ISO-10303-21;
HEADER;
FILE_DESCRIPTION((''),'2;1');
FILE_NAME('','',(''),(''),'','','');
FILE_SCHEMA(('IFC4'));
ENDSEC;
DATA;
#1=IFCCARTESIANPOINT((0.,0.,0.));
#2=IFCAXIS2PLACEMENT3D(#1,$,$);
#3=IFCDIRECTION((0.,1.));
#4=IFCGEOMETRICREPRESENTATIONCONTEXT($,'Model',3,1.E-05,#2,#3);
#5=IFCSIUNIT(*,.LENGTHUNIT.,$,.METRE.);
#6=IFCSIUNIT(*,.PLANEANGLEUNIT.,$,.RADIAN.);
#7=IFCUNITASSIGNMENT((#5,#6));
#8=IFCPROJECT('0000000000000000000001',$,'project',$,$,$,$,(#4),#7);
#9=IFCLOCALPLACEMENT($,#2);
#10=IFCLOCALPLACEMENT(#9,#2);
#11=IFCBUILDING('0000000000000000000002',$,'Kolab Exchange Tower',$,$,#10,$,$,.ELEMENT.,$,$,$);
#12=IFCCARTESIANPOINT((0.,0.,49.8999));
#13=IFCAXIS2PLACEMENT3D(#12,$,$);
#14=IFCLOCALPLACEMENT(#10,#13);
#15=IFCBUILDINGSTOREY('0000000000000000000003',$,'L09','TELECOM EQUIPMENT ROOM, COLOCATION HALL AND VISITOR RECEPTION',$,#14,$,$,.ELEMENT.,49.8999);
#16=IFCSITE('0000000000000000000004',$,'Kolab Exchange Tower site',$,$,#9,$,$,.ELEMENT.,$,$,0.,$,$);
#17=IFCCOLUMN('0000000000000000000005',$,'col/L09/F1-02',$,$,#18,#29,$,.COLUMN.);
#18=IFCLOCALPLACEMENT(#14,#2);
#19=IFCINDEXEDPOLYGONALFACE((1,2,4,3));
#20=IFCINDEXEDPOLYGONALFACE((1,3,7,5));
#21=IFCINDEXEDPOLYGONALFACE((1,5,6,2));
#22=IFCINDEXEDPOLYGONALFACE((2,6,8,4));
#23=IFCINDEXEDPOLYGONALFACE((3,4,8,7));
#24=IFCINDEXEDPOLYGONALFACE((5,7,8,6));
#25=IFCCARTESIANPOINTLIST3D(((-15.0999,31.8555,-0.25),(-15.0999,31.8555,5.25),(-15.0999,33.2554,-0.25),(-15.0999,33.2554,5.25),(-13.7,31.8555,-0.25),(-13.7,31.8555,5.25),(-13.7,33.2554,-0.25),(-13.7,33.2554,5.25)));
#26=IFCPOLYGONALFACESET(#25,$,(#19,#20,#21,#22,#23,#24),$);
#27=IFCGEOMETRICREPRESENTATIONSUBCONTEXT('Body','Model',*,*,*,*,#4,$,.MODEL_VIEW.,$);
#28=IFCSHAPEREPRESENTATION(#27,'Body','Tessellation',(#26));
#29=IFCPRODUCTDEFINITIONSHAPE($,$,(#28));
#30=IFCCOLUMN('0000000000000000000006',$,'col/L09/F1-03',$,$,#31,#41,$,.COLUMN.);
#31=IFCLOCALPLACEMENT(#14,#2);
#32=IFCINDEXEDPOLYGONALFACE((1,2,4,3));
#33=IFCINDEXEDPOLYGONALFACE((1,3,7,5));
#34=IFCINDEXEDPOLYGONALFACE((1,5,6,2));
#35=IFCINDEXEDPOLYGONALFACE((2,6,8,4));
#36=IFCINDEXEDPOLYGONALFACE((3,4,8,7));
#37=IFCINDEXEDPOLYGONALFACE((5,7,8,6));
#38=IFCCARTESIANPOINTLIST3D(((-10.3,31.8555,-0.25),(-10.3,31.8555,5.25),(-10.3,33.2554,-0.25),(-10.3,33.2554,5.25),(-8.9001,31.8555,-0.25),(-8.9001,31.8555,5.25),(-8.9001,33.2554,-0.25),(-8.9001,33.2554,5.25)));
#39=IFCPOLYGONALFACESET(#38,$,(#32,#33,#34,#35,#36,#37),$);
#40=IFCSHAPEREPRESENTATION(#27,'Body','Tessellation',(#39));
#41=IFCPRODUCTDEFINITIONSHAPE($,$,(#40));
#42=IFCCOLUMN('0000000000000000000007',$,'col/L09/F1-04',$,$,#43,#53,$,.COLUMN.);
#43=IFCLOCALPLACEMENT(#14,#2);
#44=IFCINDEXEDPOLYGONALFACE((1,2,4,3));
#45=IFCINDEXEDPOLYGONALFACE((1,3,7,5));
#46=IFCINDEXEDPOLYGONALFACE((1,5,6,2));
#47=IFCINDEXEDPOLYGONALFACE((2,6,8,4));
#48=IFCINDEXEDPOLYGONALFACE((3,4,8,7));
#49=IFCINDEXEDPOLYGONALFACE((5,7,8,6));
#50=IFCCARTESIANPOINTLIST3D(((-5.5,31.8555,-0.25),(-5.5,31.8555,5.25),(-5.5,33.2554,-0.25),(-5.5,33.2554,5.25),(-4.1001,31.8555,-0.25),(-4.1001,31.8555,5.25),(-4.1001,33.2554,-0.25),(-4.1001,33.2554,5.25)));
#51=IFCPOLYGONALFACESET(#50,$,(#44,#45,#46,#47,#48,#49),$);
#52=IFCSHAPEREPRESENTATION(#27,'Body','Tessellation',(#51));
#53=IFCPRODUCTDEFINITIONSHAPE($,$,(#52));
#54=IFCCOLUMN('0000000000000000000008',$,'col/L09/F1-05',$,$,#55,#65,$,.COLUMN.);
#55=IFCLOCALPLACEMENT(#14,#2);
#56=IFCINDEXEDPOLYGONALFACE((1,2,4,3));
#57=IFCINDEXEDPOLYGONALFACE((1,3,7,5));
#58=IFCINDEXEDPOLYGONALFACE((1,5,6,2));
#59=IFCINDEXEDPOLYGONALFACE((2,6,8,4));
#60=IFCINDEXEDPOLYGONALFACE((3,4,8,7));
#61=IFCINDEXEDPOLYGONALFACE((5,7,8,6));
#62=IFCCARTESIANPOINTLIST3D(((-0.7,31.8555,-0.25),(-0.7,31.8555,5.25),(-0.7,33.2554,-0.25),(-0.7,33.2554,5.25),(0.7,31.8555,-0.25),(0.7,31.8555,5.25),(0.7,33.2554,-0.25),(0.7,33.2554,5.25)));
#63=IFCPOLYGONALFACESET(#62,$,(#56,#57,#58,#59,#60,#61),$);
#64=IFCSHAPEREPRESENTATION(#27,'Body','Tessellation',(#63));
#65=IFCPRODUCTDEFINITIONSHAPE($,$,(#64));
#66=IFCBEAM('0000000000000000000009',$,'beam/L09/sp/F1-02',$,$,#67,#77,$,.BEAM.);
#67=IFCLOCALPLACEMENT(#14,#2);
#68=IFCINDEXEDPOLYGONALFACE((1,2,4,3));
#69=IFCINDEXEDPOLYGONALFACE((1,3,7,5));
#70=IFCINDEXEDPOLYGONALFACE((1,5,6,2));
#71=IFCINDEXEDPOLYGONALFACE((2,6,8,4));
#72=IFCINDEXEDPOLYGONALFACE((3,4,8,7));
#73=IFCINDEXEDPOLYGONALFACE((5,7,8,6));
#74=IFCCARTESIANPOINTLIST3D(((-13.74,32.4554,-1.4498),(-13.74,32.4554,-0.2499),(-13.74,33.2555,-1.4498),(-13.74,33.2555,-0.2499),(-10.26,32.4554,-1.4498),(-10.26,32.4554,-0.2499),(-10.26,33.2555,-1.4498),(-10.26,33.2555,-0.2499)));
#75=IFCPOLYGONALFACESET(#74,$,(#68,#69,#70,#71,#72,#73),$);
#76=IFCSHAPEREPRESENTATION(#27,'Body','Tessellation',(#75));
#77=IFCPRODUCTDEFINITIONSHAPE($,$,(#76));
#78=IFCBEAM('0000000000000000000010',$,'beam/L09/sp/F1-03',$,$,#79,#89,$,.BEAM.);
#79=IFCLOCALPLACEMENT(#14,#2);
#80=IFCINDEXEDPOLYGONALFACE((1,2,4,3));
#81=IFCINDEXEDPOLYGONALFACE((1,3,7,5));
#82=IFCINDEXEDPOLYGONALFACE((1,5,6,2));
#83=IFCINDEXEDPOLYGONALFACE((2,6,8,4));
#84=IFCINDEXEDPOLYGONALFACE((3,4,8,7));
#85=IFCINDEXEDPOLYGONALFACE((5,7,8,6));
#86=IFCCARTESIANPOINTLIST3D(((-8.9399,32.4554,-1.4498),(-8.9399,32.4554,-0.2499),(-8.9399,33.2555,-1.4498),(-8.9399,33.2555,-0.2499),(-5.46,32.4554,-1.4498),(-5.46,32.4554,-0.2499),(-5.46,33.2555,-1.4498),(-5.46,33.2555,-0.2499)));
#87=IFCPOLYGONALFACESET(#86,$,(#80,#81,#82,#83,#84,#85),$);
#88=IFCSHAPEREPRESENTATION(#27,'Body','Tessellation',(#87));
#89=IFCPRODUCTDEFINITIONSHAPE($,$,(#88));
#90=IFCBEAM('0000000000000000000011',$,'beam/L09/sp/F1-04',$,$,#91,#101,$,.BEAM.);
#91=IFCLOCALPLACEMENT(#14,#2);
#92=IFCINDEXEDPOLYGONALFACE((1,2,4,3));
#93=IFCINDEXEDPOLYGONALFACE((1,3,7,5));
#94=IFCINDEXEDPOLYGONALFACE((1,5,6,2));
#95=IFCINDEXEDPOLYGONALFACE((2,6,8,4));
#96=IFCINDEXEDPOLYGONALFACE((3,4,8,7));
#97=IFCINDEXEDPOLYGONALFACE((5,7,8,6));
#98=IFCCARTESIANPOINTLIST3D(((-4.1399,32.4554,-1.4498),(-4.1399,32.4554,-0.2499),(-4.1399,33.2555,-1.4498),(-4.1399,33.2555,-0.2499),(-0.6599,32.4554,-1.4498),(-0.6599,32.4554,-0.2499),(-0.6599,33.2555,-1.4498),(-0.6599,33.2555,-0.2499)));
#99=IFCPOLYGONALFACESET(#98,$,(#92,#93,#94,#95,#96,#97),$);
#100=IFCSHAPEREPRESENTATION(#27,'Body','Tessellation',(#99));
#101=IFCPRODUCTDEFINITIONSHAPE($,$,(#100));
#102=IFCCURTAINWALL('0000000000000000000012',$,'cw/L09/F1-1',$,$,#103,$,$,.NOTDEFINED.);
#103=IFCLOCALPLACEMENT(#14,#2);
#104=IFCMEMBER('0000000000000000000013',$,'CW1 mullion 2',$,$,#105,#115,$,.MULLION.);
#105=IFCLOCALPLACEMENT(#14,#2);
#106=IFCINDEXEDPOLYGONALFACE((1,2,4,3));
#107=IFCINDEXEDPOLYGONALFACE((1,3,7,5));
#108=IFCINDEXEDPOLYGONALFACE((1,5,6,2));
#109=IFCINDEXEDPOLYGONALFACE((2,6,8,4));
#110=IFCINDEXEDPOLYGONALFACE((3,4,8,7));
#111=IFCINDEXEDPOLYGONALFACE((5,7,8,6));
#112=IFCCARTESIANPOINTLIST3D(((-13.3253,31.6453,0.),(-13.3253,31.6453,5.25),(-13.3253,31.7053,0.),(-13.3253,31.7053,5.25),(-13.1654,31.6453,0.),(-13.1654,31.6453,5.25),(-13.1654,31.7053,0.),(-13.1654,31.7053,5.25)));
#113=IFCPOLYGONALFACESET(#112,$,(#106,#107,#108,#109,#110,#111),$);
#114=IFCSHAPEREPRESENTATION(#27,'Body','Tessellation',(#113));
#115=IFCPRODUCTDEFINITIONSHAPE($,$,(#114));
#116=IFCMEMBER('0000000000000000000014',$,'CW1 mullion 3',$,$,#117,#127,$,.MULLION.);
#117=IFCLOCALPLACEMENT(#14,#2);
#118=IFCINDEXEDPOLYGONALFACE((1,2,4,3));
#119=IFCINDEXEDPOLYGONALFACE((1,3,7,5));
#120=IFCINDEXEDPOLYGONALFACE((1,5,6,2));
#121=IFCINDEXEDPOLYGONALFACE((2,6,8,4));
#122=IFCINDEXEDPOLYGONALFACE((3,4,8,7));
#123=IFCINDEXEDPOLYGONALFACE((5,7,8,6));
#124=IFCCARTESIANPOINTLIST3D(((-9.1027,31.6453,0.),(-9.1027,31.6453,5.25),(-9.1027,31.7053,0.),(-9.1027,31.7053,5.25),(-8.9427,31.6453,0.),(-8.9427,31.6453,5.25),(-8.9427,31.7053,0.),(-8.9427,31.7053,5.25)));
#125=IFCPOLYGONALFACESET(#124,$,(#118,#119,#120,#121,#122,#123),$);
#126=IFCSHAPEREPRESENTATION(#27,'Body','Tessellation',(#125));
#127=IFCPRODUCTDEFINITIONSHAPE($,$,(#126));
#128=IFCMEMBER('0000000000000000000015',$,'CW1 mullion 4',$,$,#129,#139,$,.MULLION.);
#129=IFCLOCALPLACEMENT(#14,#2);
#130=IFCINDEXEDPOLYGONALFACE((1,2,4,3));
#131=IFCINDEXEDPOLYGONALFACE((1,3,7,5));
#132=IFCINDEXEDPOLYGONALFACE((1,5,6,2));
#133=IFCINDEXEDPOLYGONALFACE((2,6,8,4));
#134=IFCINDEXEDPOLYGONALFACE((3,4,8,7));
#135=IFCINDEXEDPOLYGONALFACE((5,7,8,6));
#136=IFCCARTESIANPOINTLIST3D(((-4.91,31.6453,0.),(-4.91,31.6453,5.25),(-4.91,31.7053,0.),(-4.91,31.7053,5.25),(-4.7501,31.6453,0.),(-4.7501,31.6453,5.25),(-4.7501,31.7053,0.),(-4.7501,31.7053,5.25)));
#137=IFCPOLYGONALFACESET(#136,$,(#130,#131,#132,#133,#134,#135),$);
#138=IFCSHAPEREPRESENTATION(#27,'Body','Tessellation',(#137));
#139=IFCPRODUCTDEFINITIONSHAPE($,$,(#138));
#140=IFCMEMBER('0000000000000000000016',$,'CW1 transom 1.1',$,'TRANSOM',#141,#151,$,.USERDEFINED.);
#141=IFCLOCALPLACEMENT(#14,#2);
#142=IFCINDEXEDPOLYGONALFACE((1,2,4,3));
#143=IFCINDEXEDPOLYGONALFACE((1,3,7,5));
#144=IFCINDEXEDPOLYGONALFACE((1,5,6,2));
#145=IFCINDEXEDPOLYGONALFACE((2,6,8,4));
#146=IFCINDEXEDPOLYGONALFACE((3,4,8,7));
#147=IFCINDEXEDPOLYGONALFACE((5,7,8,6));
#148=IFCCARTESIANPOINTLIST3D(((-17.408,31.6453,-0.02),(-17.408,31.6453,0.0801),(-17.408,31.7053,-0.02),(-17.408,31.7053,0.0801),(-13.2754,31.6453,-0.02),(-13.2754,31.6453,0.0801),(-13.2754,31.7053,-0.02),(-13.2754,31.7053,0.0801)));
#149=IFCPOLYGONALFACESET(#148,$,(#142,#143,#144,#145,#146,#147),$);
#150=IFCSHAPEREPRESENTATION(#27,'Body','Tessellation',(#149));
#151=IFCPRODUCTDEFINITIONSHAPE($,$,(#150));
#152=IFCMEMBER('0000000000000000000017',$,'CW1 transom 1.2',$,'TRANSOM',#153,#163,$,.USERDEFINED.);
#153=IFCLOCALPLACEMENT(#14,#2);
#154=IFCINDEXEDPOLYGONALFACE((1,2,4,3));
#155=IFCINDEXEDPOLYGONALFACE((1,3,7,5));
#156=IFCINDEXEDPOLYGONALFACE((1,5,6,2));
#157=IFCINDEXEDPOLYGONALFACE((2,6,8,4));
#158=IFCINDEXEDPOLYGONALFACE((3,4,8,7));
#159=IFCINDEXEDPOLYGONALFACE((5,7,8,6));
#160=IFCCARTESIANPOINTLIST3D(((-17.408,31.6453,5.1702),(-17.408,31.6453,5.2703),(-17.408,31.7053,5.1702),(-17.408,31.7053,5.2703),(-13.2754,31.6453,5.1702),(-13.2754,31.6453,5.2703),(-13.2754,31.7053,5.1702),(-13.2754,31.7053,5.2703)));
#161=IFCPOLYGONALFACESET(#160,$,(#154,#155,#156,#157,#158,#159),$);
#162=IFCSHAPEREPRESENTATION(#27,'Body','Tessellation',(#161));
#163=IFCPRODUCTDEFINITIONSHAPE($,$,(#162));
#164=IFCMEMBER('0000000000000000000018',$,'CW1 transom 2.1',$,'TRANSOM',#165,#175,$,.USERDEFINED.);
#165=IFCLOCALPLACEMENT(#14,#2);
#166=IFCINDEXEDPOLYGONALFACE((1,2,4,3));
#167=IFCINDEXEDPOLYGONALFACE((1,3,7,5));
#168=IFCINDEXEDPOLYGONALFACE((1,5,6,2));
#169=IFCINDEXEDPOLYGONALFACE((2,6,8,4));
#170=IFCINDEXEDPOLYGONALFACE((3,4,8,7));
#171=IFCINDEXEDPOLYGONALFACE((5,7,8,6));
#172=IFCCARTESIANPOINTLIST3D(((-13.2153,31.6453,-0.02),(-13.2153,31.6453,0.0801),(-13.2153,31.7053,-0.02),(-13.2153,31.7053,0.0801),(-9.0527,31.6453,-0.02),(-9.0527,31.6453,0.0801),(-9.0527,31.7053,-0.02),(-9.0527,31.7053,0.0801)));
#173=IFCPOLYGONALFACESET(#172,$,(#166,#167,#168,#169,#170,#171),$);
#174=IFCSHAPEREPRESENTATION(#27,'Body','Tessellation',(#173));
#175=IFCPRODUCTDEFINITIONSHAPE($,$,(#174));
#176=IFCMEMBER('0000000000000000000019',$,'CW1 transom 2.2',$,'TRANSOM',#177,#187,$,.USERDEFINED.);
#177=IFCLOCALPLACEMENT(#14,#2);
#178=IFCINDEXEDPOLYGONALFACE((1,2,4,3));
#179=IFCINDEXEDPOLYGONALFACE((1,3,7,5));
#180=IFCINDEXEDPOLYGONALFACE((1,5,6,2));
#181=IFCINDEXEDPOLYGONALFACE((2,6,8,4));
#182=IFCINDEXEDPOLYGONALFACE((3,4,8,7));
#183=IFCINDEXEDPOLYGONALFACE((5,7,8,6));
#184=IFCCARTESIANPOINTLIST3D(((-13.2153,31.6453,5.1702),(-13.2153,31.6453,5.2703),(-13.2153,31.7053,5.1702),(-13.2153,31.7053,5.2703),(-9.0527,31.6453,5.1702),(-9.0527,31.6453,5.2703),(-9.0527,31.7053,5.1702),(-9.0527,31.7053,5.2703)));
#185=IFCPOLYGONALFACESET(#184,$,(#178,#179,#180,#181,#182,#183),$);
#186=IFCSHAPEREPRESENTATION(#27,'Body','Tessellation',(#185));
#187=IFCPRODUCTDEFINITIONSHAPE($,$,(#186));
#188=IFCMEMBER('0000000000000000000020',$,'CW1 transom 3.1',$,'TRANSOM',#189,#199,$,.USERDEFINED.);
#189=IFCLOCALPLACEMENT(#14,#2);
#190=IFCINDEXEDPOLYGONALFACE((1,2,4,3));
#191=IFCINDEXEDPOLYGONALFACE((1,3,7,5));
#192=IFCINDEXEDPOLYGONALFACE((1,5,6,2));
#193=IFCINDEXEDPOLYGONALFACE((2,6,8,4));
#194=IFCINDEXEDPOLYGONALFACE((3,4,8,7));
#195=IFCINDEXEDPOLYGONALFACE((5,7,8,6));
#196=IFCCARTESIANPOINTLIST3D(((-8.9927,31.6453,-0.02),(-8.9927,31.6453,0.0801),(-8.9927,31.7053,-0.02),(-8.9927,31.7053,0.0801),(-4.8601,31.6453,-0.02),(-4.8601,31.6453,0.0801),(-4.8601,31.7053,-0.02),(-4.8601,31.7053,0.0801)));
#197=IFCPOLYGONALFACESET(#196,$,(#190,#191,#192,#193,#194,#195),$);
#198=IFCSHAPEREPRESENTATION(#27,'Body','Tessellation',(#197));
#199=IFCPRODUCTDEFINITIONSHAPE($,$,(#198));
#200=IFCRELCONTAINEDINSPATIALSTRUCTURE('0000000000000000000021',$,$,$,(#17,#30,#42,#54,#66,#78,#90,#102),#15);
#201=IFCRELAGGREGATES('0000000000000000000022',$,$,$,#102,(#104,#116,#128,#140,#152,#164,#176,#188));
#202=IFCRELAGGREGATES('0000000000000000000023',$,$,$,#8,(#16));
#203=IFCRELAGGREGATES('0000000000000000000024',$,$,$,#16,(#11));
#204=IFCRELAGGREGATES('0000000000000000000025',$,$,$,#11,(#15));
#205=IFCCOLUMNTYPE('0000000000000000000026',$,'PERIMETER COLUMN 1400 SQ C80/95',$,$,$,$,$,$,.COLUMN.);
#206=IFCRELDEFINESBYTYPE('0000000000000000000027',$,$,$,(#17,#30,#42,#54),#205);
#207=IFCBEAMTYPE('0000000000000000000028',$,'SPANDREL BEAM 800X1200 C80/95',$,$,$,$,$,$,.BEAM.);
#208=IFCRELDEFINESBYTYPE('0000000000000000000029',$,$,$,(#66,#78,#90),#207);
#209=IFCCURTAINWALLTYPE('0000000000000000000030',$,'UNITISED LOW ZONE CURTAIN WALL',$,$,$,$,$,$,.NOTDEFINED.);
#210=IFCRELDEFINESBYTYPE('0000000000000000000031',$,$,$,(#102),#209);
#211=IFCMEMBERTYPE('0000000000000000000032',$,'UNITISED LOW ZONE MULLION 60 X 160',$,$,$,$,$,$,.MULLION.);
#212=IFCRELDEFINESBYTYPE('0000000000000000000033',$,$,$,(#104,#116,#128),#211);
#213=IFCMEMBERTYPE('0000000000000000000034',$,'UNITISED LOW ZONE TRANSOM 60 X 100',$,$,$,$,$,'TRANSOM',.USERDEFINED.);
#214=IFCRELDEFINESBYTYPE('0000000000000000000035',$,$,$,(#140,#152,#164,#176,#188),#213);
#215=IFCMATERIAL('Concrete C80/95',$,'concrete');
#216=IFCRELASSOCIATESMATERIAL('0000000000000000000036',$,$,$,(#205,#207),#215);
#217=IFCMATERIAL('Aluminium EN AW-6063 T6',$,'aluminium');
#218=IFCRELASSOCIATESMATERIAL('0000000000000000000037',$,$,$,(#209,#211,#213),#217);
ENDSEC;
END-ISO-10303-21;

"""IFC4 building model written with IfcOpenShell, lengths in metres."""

from ifc_helpers import new_model, si_unit, direction, frame, origin, origin_2d, place, context, subcontext, project, spatial, rectangle, extrude, material, material_profile, profile_set, type_object, element, aggregate, save


model = new_model("IFC4")

# Units and contexts
model_context = context("Model", 3, precision=1e-05, world=origin(), true_north=direction((0.0, 1.0)))
body_context = subcontext(model_context, "Body", "Model", "MODEL_VIEW")
ifc_project = project(units=[si_unit("LENGTHUNIT", "METRE"), si_unit("PLANEANGLEUNIT", "RADIAN")], contexts=[model_context])

# Site, building, storey
site_placement = place(None, origin())
site = spatial("IfcSite", under=ifc_project, at=site_placement, Name="Kolab Exchange Tower site", CompositionType="ELEMENT", RefElevation=0.0)
building_placement = place(site_placement, origin())
building = spatial("IfcBuilding", under=site, at=building_placement, Name="Kolab Exchange Tower", CompositionType="ELEMENT")
storey_placement = place(building_placement, frame((0.0, 0.0, 49.8999)))
storey = spatial("IfcBuildingStorey", under=building, at=storey_placement, Name="L09", Description="TELECOM EQUIPMENT ROOM, COLOCATION HALL AND VISITOR RECEPTION", CompositionType="ELEMENT", Elevation=49.8999)

# Columns
ifc_material_1 = material(Name="Concrete C80/95", Category="concrete")
ifc_material_profile_1 = material_profile(ifc_material_1, rectangle(XDim=1.3999, YDim=1.3999, at=origin_2d()), Name="RC1400")
ifc_profile_set_1 = profile_set([ifc_material_profile_1], Name="Concrete C80/95")
column_type = type_object("IfcColumnType", Name="PERIMETER COLUMN 1400 SQ C80/95", PredefinedType="COLUMN", material=ifc_profile_set_1)
for number, where, z_axis, x_axis, name in (
    (1, (-14.3999, 32.5554, -0.25), (0.0, 0.0, 1.0), (1.0, 0.0, 0.0), "col/L09/F1-02"),
    (2, (-9.6001, 32.5554, -0.25), (0.0, 0.0, 1.0), (1.0, 0.0, 0.0), "col/L09/F1-03"),
    (3, (-4.8, 32.5554, -0.25), (0.0, 0.0, 1.0), (1.0, 0.0, 0.0), "col/L09/F1-04"),
    (4, (0.0, 32.5554, -0.25), (0.0, 0.0, 1.0), (1.0, 0.0, 0.0), "col/L09/F1-05"),
):
    element("IfcColumn", number, at=place(storey_placement, frame(where, z_axis=z_axis, x_axis=x_axis)), inside=storey, type_object=column_type, Name=name, PredefinedType="COLUMN", context=body_context, shape_type="SweptSolid", body=[
        extrude(rectangle(XDim=1.3999, YDim=1.3999, at=origin_2d()), origin(), (0.0, 0.0, 1.0), 5.5),
    ])

# Beams
ifc_material_profile_2 = material_profile(ifc_material_1, rectangle(XDim=0.8, YDim=1.2, at=origin_2d()), Name="RC800X1200")
ifc_profile_set_2 = profile_set([ifc_material_profile_2], Name="Concrete C80/95")
beam_type = type_object("IfcBeamType", Name="SPANDREL BEAM 800X1200 C80/95", PredefinedType="BEAM", material=ifc_profile_set_2)
for number, where, z_axis, x_axis, name in (
    (5, (-13.74, 32.8555, -0.8499), (1.0, 0.0, 0.0), (0.0, 1.0, 0.0), "beam/L09/sp/F1-02"),
    (6, (-8.9399, 32.8555, -0.8499), (1.0, 0.0, 0.0), (0.0, 1.0, 0.0), "beam/L09/sp/F1-03"),
    (7, (-4.1399, 32.8555, -0.8499), (1.0, 0.0, 0.0), (0.0, 1.0, 0.0), "beam/L09/sp/F1-04"),
):
    element("IfcBeam", number, at=place(storey_placement, frame(where, z_axis=z_axis, x_axis=x_axis)), inside=storey, type_object=beam_type, Name=name, PredefinedType="BEAM", context=body_context, shape_type="SweptSolid", body=[
        extrude(rectangle(XDim=0.8, YDim=1.2, at=origin_2d()), origin(), (0.0, 0.0, 1.0), 3.48),
    ])

# Curtain wall, members
ifc_material_2 = material(Name="Aluminium EN AW-6063 T6", Category="aluminium")
curtain_wall_type = type_object("IfcCurtainWallType", Name="UNITISED LOW ZONE CURTAIN WALL", PredefinedType="NOTDEFINED", material=ifc_material_2)
curtain_wall_placement = place(storey_placement, origin())
curtain_wall = element("IfcCurtainWall", 8, at=curtain_wall_placement, inside=storey, type_object=curtain_wall_type, Name="cw/L09/F1-1", PredefinedType="NOTDEFINED")
ifc_material_profile_3 = material_profile(ifc_material_2, rectangle(XDim=0.0601, YDim=0.1599, at=origin_2d()), Name="RECT 60X160")
ifc_profile_set_3 = profile_set([ifc_material_profile_3], Name="Aluminium EN AW-6063 T6")
member_type_1 = type_object("IfcMemberType", Name="UNITISED LOW ZONE MULLION 60 X 160", PredefinedType="MULLION", material=ifc_profile_set_3)
member_1_placement = place(storey_placement, frame((-13.2454, 31.6753, 0.0), z_axis=(0.0, 0.0, 1.0), x_axis=(0.0, 1.0, 0.0)))
member_1 = element("IfcMember", 9, at=member_1_placement, type_object=member_type_1, Name="CW1 mullion 2", PredefinedType="MULLION", context=body_context, shape_type="SweptSolid", body=[
    extrude(rectangle(XDim=0.0601, YDim=0.1599, at=origin_2d()), origin(), (0.0, 0.0, 1.0), 5.25),
])
member_2_placement = place(storey_placement, frame((-9.0227, 31.6753, 0.0), z_axis=(0.0, 0.0, 1.0), x_axis=(0.0, 1.0, 0.0)))
member_2 = element("IfcMember", 10, at=member_2_placement, type_object=member_type_1, Name="CW1 mullion 3", PredefinedType="MULLION", context=body_context, shape_type="SweptSolid", body=[
    extrude(rectangle(XDim=0.0601, YDim=0.1599, at=origin_2d()), origin(), (0.0, 0.0, 1.0), 5.25),
])
member_3_placement = place(storey_placement, frame((-4.8301, 31.6753, 0.0), z_axis=(0.0, 0.0, 1.0), x_axis=(0.0, 1.0, 0.0)))
member_3 = element("IfcMember", 11, at=member_3_placement, type_object=member_type_1, Name="CW1 mullion 4", PredefinedType="MULLION", context=body_context, shape_type="SweptSolid", body=[
    extrude(rectangle(XDim=0.0601, YDim=0.1599, at=origin_2d()), origin(), (0.0, 0.0, 1.0), 5.25),
])
ifc_material_profile_4 = material_profile(ifc_material_2, rectangle(XDim=0.0601, YDim=0.1001, at=origin_2d()), Name="RECT 60X100")
ifc_profile_set_4 = profile_set([ifc_material_profile_4], Name="Aluminium EN AW-6063 T6")
member_type_2 = type_object("IfcMemberType", Name="UNITISED LOW ZONE TRANSOM 60 X 100", ElementType="TRANSOM", PredefinedType="USERDEFINED", material=ifc_profile_set_4)
member_4_placement = place(storey_placement, frame((-17.408, 31.6753, 0.03), z_axis=(1.0, 0.0, 0.0), x_axis=(0.0, 1.0, 0.0)))
member_4 = element("IfcMember", 12, at=member_4_placement, type_object=member_type_2, Name="CW1 transom 1.1", ObjectType="TRANSOM", PredefinedType="USERDEFINED", context=body_context, shape_type="SweptSolid", body=[
    extrude(rectangle(XDim=0.0601, YDim=0.1001, at=origin_2d()), origin(), (0.0, 0.0, 1.0), 4.1326),
])
member_5_placement = place(storey_placement, frame((-17.408, 31.6753, 5.2202), z_axis=(1.0, 0.0, 0.0), x_axis=(0.0, 1.0, 0.0)))
member_5 = element("IfcMember", 13, at=member_5_placement, type_object=member_type_2, Name="CW1 transom 1.2", ObjectType="TRANSOM", PredefinedType="USERDEFINED", context=body_context, shape_type="SweptSolid", body=[
    extrude(rectangle(XDim=0.0601, YDim=0.1001, at=origin_2d()), origin(), (0.0, 0.0, 1.0), 4.1326),
])
member_6_placement = place(storey_placement, frame((-13.2153, 31.6753, 0.03), z_axis=(1.0, 0.0, 0.0), x_axis=(0.0, 1.0, 0.0)))
member_6 = element("IfcMember", 14, at=member_6_placement, type_object=member_type_2, Name="CW1 transom 2.1", ObjectType="TRANSOM", PredefinedType="USERDEFINED", context=body_context, shape_type="SweptSolid", body=[
    extrude(rectangle(XDim=0.0601, YDim=0.1001, at=origin_2d()), origin(), (0.0, 0.0, 1.0), 4.1626),
])
member_7_placement = place(storey_placement, frame((-13.2153, 31.6753, 5.2202), z_axis=(1.0, 0.0, 0.0), x_axis=(0.0, 1.0, 0.0)))
member_7 = element("IfcMember", 15, at=member_7_placement, type_object=member_type_2, Name="CW1 transom 2.2", ObjectType="TRANSOM", PredefinedType="USERDEFINED", context=body_context, shape_type="SweptSolid", body=[
    extrude(rectangle(XDim=0.0601, YDim=0.1001, at=origin_2d()), origin(), (0.0, 0.0, 1.0), 4.1626),
])
member_8_placement = place(storey_placement, frame((-8.9927, 31.6753, 0.03), z_axis=(1.0, 0.0, 0.0), x_axis=(0.0, 1.0, 0.0)))
member_8 = element("IfcMember", 16, at=member_8_placement, type_object=member_type_2, Name="CW1 transom 3.1", ObjectType="TRANSOM", PredefinedType="USERDEFINED", context=body_context, shape_type="SweptSolid", body=[
    extrude(rectangle(XDim=0.0601, YDim=0.1001, at=origin_2d()), origin(), (0.0, 0.0, 1.0), 4.1326),
])
aggregate(curtain_wall, [member_1, member_2, member_3, member_4, member_5, member_6, member_7, member_8])

save(model, "model.ifc")
